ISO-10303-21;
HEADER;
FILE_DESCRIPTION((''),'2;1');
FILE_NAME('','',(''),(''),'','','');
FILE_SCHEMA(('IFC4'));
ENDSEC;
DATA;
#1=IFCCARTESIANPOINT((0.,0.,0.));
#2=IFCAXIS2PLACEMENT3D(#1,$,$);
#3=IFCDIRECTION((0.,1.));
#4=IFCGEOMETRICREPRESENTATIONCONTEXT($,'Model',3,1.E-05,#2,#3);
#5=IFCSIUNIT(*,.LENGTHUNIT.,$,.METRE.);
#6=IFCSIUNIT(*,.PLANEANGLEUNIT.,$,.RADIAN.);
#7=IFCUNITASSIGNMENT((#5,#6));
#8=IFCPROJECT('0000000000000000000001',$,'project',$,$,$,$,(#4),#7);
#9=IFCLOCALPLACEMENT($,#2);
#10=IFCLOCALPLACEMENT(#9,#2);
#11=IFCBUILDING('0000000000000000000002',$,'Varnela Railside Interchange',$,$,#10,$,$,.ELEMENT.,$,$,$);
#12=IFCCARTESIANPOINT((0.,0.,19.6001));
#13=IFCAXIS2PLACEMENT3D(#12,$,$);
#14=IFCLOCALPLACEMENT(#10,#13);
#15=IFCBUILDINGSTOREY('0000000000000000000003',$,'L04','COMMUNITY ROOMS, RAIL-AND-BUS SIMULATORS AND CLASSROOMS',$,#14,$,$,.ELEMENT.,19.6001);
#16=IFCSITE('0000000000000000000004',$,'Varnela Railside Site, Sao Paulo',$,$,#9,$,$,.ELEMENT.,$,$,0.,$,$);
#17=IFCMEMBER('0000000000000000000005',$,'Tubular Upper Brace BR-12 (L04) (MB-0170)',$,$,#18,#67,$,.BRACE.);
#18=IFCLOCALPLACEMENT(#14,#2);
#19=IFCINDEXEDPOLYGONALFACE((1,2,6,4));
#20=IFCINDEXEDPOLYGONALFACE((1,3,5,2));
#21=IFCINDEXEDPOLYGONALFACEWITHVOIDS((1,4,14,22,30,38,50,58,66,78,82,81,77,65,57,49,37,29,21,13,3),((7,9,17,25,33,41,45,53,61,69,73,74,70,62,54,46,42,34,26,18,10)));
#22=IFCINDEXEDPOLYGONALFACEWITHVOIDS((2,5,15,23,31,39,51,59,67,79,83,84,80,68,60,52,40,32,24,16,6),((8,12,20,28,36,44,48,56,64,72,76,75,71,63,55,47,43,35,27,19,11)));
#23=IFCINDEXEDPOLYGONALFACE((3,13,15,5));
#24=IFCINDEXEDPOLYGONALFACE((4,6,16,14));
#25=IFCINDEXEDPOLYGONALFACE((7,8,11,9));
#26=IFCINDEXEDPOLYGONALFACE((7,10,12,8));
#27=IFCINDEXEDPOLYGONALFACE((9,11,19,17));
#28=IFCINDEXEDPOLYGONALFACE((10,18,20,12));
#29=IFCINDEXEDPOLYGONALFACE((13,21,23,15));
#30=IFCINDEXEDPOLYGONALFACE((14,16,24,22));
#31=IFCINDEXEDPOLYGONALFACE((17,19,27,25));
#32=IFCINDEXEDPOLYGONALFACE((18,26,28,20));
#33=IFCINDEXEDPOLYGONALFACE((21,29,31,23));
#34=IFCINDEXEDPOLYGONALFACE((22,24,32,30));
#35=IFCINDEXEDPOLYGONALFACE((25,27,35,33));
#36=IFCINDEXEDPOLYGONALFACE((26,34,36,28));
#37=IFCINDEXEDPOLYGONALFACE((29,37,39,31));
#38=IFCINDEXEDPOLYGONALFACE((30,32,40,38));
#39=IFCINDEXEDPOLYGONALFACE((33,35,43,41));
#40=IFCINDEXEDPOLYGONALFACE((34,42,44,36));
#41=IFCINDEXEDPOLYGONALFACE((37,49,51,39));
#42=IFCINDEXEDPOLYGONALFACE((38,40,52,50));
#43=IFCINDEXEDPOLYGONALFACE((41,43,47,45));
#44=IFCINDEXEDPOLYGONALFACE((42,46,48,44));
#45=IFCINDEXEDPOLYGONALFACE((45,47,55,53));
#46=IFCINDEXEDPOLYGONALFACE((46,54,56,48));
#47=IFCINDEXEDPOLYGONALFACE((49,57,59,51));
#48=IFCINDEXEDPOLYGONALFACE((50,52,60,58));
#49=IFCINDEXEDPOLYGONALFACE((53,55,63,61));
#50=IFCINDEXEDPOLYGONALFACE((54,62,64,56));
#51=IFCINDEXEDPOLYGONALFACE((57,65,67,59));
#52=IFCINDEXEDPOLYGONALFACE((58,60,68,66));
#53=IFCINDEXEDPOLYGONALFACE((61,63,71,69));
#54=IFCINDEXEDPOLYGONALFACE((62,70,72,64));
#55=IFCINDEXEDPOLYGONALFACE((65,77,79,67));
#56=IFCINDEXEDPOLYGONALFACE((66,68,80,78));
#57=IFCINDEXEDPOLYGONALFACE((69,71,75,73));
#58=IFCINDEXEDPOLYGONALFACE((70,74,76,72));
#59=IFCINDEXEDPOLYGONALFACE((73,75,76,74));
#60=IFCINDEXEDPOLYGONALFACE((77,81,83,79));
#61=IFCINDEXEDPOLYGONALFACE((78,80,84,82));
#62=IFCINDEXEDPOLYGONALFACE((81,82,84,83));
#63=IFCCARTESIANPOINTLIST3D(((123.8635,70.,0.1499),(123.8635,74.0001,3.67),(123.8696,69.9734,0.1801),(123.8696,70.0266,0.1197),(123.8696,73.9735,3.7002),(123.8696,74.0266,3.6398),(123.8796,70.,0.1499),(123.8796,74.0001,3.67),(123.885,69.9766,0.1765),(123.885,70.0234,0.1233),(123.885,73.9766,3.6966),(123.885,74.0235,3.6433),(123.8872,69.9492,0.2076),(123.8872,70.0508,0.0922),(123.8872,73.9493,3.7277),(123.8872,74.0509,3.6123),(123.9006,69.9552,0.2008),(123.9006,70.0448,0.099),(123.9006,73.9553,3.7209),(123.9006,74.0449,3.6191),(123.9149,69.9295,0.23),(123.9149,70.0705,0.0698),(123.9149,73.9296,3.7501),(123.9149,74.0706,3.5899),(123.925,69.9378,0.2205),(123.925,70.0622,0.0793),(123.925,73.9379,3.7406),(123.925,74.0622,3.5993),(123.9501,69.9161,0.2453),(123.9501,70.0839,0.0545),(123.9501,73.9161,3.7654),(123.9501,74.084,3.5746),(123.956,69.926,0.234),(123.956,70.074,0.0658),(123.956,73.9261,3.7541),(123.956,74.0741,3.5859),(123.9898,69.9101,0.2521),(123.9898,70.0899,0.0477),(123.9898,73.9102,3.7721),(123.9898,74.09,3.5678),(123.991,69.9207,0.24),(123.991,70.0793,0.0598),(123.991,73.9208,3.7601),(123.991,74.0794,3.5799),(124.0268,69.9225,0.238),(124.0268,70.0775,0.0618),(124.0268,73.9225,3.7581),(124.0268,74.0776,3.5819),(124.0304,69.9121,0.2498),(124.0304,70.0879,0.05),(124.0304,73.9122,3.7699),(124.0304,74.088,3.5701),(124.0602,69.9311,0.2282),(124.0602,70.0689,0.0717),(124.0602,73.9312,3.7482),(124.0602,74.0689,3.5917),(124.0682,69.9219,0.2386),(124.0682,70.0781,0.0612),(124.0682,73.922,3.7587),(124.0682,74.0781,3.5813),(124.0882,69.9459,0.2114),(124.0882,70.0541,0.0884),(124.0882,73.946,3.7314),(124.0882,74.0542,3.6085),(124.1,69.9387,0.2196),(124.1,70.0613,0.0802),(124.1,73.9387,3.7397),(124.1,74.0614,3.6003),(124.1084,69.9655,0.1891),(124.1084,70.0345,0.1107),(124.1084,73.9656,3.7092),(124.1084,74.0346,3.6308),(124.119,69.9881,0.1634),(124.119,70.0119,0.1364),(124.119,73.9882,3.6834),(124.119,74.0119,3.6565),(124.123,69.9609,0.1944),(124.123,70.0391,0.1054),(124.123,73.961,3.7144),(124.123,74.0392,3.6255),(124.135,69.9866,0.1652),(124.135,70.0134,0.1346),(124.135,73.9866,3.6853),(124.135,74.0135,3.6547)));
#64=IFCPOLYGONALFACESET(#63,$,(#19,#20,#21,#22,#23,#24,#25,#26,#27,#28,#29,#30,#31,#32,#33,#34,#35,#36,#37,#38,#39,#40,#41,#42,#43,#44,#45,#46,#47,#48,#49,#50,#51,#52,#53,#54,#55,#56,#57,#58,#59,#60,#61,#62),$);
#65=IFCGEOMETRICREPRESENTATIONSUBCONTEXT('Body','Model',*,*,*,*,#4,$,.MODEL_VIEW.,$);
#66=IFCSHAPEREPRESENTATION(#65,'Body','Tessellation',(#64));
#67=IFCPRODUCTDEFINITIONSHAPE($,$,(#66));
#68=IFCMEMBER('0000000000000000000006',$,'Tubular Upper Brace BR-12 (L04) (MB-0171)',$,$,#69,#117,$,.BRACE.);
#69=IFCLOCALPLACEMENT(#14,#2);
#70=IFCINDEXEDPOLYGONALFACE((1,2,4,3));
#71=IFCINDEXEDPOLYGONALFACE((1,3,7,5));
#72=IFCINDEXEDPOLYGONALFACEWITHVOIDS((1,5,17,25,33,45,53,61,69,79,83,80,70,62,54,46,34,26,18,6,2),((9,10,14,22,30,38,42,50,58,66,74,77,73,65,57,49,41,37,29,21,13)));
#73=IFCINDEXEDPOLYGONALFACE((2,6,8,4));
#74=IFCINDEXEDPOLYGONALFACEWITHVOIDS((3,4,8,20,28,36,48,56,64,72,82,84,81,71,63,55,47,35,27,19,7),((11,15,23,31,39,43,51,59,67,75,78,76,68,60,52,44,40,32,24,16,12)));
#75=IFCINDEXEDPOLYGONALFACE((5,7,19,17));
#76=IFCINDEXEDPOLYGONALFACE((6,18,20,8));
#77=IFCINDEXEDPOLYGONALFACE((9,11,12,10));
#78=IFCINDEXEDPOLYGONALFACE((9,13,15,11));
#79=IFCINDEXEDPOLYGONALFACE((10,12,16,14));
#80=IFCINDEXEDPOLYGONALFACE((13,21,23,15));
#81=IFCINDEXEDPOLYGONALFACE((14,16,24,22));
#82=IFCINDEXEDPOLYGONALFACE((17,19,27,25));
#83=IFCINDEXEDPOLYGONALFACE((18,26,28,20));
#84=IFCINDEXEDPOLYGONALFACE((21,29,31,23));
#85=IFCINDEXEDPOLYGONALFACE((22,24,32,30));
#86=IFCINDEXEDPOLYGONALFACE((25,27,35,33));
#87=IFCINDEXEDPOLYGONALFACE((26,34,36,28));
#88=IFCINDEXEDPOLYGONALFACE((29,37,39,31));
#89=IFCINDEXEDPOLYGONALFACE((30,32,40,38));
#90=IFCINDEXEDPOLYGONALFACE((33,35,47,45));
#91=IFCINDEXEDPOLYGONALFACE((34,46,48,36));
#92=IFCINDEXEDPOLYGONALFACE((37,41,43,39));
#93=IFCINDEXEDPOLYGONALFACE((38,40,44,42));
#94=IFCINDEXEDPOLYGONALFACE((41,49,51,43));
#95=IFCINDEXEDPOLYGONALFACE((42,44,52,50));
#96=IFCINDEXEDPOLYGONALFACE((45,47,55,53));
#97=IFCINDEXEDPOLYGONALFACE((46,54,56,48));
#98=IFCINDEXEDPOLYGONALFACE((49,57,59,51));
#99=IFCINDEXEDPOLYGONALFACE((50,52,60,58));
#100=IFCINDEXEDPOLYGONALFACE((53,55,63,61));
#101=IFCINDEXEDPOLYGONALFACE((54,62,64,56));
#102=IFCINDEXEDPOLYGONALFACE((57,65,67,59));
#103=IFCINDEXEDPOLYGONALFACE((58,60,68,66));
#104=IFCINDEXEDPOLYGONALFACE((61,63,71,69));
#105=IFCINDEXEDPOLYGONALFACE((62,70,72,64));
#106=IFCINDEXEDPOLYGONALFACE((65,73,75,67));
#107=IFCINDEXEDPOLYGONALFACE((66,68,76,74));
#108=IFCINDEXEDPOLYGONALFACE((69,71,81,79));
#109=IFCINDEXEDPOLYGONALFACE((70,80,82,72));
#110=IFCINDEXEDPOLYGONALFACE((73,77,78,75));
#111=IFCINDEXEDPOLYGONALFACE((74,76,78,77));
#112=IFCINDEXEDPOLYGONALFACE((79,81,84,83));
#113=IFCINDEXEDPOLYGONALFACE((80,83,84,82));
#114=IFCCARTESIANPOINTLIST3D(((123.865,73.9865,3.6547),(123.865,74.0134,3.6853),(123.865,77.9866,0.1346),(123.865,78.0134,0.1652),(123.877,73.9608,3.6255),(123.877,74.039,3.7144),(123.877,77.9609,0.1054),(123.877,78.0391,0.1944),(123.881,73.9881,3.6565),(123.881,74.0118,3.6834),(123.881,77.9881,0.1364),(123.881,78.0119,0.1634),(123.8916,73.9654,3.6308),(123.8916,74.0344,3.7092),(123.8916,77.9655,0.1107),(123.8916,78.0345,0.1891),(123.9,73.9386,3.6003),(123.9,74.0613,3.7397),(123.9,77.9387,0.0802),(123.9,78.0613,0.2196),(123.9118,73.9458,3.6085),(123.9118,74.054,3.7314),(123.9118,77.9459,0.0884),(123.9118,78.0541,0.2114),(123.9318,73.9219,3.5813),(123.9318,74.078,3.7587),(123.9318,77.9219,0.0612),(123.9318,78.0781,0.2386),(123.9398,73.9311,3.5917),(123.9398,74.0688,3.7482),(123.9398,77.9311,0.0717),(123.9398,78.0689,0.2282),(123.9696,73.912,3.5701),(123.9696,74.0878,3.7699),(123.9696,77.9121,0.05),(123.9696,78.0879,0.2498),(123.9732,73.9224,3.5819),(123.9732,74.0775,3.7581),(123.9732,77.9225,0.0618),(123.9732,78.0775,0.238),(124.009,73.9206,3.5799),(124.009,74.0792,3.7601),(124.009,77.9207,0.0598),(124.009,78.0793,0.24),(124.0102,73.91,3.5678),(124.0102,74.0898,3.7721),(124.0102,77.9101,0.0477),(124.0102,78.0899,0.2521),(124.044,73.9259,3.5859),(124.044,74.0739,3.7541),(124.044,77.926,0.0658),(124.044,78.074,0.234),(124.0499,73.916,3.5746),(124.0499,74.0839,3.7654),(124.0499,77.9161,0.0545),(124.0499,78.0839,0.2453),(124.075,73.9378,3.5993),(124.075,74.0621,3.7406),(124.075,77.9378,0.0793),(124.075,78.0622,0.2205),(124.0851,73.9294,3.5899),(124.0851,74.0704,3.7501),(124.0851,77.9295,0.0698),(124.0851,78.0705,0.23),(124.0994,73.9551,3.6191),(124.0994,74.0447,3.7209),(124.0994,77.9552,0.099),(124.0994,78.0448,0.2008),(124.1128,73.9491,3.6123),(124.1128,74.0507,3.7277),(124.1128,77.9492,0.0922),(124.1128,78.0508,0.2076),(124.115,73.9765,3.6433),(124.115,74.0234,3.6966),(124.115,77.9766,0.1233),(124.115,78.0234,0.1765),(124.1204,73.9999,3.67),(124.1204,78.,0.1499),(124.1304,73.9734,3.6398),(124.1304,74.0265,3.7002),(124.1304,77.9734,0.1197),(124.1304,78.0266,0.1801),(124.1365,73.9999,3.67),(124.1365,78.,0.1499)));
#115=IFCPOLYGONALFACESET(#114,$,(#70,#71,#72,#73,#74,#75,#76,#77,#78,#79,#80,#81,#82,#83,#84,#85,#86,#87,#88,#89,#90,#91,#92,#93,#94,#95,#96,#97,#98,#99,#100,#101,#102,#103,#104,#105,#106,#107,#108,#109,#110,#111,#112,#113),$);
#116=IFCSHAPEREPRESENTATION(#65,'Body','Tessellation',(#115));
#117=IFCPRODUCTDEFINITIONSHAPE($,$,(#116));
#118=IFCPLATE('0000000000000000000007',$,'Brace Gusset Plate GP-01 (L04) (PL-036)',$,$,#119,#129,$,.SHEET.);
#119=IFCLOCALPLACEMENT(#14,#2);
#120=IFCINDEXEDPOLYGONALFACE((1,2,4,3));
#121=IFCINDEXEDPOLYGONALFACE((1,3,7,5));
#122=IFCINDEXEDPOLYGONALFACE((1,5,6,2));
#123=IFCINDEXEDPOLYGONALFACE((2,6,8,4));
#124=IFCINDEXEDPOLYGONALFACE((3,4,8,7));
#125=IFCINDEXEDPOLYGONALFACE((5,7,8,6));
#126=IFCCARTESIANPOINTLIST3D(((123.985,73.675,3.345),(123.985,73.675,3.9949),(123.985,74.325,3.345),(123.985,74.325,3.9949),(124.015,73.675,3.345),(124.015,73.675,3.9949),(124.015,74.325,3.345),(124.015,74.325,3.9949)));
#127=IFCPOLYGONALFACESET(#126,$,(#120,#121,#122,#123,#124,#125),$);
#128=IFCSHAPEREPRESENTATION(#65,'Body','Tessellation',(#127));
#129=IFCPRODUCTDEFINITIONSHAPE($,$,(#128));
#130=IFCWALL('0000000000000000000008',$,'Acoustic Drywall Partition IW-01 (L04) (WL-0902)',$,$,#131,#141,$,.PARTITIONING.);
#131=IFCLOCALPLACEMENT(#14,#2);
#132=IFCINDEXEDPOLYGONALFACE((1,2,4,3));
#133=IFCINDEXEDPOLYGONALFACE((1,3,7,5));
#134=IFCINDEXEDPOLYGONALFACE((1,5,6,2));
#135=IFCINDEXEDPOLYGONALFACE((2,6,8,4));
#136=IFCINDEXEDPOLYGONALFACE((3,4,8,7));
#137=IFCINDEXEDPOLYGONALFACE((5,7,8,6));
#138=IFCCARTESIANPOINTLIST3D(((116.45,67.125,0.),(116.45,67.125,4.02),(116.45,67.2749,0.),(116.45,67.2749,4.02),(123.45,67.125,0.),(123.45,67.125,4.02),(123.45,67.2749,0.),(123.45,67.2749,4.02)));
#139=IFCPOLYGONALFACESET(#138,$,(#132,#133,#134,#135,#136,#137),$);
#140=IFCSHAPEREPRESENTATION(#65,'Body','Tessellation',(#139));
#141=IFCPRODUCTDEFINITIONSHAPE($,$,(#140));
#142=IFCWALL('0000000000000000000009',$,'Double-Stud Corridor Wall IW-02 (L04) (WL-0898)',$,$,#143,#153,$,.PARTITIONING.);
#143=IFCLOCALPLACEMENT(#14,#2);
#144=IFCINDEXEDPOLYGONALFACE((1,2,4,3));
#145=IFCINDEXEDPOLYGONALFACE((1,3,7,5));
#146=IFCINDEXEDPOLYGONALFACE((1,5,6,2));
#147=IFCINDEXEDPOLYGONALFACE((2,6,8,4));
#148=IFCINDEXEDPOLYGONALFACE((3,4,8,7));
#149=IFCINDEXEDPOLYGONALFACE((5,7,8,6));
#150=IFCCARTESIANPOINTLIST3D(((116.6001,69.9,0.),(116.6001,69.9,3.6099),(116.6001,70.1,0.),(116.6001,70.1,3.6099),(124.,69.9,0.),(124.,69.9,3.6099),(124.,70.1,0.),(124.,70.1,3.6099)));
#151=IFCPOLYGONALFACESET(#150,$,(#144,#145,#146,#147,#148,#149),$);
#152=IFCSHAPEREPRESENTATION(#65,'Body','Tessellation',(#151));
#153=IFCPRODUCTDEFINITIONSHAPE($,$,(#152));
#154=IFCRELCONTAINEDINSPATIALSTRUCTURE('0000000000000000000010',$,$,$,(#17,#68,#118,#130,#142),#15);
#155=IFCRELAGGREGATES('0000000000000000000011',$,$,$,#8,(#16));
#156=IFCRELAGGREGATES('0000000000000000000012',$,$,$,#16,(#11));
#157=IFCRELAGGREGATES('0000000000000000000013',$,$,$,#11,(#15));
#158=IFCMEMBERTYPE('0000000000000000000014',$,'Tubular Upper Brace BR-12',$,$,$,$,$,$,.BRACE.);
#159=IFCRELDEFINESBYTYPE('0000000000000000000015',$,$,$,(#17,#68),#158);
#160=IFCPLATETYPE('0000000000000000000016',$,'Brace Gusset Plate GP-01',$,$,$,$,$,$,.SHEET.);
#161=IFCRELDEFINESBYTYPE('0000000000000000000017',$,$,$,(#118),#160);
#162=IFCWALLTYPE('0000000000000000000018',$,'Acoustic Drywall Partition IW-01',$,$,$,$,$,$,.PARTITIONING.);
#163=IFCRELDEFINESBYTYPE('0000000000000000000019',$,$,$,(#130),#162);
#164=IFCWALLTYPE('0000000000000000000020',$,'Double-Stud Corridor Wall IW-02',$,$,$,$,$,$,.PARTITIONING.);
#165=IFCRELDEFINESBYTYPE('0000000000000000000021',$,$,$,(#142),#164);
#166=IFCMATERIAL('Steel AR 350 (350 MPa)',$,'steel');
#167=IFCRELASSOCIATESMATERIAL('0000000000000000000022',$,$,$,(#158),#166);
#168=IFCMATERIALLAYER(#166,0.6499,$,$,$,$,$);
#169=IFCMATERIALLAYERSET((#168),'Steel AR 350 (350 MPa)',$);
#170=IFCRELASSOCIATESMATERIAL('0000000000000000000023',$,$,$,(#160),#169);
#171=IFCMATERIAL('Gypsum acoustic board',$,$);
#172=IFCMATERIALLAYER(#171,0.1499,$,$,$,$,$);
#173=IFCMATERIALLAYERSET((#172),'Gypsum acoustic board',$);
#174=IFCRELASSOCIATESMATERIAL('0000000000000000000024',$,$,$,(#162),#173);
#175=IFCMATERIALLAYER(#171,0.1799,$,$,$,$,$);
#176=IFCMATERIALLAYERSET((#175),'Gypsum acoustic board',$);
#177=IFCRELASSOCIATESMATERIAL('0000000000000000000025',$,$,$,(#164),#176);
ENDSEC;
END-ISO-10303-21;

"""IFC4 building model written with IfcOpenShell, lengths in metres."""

from ifc_helpers import new_model, si_unit, direction, frame, frame_2d, origin, origin_2d, place, context, subcontext, project, spatial, rectangle, hollow_circle, extrude, material, layer, layer_set, material_profile, profile_set, type_object, element, save


model = new_model("IFC4")

# Units and contexts
model_context = context("Model", 3, precision=1e-05, world=origin(), true_north=direction((0.0, 1.0)))
body_context = subcontext(model_context, "Body", "Model", "MODEL_VIEW")
ifc_project = project(units=[si_unit("LENGTHUNIT", "METRE"), si_unit("PLANEANGLEUNIT", "RADIAN")], contexts=[model_context])

# Site, building, storey
site_placement = place(None, origin())
site = spatial("IfcSite", under=ifc_project, at=site_placement, Name="Varnela Railside Site, Sao Paulo", CompositionType="ELEMENT", RefElevation=0.0)
building_placement = place(site_placement, origin())
building = spatial("IfcBuilding", under=site, at=building_placement, Name="Varnela Railside Interchange", CompositionType="ELEMENT")
storey_placement = place(building_placement, frame((0.0, 0.0, 19.6001)))
storey = spatial("IfcBuildingStorey", under=building, at=storey_placement, Name="L04", Description="COMMUNITY ROOMS, RAIL-AND-BUS SIMULATORS AND CLASSROOMS", CompositionType="ELEMENT", Elevation=19.6001)

# Shared definitions
ifc_material_1 = material(Name="Steel AR 350 (350 MPa)", Category="steel")

# Members
ifc_material_profile_1 = material_profile(ifc_material_1, hollow_circle(Radius=0.1365, WallThickness=0.0161, at=origin_2d()), Name="CHS 273x16")
ifc_profile_set_1 = profile_set([ifc_material_profile_1], Name="Steel AR 350 (350 MPa)")
member_type = type_object("IfcMemberType", Name="Tubular Upper Brace BR-12", PredefinedType="BRACE", material=ifc_profile_set_1)
for number, where, z_axis, x_axis, name in (
    (1, (124.0, 70.0, 0.1499), (0.0, 0.750712, 0.66063), (-1.0, 0.0, 0.0), "Tubular Upper Brace BR-12 (L04) (MB-0170)"),
    (2, (124.0, 78.0, 0.1499), (0.0, -0.750712, 0.66063), (1.0, 0.0, 0.0), "Tubular Upper Brace BR-12 (L04) (MB-0171)"),
):
    element("IfcMember", number, at=place(storey_placement, frame(where, z_axis=z_axis, x_axis=x_axis)), inside=storey, type_object=member_type, Name=name, PredefinedType="BRACE", context=body_context, shape_type="SweptSolid", body=[
        extrude(hollow_circle(Radius=0.1365, WallThickness=0.0161, at=origin_2d()), origin(), (0.0, 0.0, 1.0), 5.3284),
    ])

# Plate
ifc_layer_1 = layer(ifc_material_1, 0.6499)
ifc_layer_set_1 = layer_set([ifc_layer_1], Name="Steel AR 350 (350 MPa)")
plate_type = type_object("IfcPlateType", Name="Brace Gusset Plate GP-01", PredefinedType="SHEET", material=ifc_layer_set_1)
plate_placement = place(storey_placement, frame((124.0, 74.0, 3.345), z_axis=(0.0, 0.0, 1.0), x_axis=(0.0, 1.0, 0.0)))
element("IfcPlate", 3, at=plate_placement, inside=storey, type_object=plate_type, Name="Brace Gusset Plate GP-01 (L04) (PL-036)", PredefinedType="SHEET", context=body_context, shape_type="SweptSolid", body=[
    extrude(rectangle(XDim=0.6499, YDim=0.03, at=origin_2d()), origin(), (0.0, 0.0, 1.0), 0.6499),
])

# Walls
ifc_material_2 = material(Name="Gypsum acoustic board")
ifc_layer_2 = layer(ifc_material_2, 0.1499)
ifc_layer_set_2 = layer_set([ifc_layer_2], Name="Gypsum acoustic board")
wall_type_1 = type_object("IfcWallType", Name="Acoustic Drywall Partition IW-01", PredefinedType="PARTITIONING", material=ifc_layer_set_2)
wall_1_placement = place(storey_placement, frame((116.45, 67.2, 0.0), z_axis=(0.0, 0.0, 1.0), x_axis=(1.0, 0.0, 0.0)))
element("IfcWall", 4, at=wall_1_placement, inside=storey, type_object=wall_type_1, Name="Acoustic Drywall Partition IW-01 (L04) (WL-0902)", PredefinedType="PARTITIONING", context=body_context, shape_type="SweptSolid", body=[
    extrude(rectangle(XDim=7.0, YDim=0.1499, at=frame_2d((3.5, 0.0))), origin(), (0.0, 0.0, 1.0), 4.02),
])
ifc_layer_3 = layer(ifc_material_2, 0.1799)
ifc_layer_set_3 = layer_set([ifc_layer_3], Name="Gypsum acoustic board")
wall_type_2 = type_object("IfcWallType", Name="Double-Stud Corridor Wall IW-02", PredefinedType="PARTITIONING", material=ifc_layer_set_3)
wall_2_placement = place(storey_placement, frame((116.6001, 70.0, 0.0), z_axis=(0.0, 0.0, 1.0), x_axis=(1.0, 0.0, 0.0)))
element("IfcWall", 5, at=wall_2_placement, inside=storey, type_object=wall_type_2, Name="Double-Stud Corridor Wall IW-02 (L04) (WL-0898)", PredefinedType="PARTITIONING", context=body_context, shape_type="SweptSolid", body=[
    extrude(rectangle(XDim=7.3999, YDim=0.2, at=frame_2d((3.7, 0.0))), origin(), (0.0, 0.0, 1.0), 3.6099),
])

save(model, "model.ifc")
